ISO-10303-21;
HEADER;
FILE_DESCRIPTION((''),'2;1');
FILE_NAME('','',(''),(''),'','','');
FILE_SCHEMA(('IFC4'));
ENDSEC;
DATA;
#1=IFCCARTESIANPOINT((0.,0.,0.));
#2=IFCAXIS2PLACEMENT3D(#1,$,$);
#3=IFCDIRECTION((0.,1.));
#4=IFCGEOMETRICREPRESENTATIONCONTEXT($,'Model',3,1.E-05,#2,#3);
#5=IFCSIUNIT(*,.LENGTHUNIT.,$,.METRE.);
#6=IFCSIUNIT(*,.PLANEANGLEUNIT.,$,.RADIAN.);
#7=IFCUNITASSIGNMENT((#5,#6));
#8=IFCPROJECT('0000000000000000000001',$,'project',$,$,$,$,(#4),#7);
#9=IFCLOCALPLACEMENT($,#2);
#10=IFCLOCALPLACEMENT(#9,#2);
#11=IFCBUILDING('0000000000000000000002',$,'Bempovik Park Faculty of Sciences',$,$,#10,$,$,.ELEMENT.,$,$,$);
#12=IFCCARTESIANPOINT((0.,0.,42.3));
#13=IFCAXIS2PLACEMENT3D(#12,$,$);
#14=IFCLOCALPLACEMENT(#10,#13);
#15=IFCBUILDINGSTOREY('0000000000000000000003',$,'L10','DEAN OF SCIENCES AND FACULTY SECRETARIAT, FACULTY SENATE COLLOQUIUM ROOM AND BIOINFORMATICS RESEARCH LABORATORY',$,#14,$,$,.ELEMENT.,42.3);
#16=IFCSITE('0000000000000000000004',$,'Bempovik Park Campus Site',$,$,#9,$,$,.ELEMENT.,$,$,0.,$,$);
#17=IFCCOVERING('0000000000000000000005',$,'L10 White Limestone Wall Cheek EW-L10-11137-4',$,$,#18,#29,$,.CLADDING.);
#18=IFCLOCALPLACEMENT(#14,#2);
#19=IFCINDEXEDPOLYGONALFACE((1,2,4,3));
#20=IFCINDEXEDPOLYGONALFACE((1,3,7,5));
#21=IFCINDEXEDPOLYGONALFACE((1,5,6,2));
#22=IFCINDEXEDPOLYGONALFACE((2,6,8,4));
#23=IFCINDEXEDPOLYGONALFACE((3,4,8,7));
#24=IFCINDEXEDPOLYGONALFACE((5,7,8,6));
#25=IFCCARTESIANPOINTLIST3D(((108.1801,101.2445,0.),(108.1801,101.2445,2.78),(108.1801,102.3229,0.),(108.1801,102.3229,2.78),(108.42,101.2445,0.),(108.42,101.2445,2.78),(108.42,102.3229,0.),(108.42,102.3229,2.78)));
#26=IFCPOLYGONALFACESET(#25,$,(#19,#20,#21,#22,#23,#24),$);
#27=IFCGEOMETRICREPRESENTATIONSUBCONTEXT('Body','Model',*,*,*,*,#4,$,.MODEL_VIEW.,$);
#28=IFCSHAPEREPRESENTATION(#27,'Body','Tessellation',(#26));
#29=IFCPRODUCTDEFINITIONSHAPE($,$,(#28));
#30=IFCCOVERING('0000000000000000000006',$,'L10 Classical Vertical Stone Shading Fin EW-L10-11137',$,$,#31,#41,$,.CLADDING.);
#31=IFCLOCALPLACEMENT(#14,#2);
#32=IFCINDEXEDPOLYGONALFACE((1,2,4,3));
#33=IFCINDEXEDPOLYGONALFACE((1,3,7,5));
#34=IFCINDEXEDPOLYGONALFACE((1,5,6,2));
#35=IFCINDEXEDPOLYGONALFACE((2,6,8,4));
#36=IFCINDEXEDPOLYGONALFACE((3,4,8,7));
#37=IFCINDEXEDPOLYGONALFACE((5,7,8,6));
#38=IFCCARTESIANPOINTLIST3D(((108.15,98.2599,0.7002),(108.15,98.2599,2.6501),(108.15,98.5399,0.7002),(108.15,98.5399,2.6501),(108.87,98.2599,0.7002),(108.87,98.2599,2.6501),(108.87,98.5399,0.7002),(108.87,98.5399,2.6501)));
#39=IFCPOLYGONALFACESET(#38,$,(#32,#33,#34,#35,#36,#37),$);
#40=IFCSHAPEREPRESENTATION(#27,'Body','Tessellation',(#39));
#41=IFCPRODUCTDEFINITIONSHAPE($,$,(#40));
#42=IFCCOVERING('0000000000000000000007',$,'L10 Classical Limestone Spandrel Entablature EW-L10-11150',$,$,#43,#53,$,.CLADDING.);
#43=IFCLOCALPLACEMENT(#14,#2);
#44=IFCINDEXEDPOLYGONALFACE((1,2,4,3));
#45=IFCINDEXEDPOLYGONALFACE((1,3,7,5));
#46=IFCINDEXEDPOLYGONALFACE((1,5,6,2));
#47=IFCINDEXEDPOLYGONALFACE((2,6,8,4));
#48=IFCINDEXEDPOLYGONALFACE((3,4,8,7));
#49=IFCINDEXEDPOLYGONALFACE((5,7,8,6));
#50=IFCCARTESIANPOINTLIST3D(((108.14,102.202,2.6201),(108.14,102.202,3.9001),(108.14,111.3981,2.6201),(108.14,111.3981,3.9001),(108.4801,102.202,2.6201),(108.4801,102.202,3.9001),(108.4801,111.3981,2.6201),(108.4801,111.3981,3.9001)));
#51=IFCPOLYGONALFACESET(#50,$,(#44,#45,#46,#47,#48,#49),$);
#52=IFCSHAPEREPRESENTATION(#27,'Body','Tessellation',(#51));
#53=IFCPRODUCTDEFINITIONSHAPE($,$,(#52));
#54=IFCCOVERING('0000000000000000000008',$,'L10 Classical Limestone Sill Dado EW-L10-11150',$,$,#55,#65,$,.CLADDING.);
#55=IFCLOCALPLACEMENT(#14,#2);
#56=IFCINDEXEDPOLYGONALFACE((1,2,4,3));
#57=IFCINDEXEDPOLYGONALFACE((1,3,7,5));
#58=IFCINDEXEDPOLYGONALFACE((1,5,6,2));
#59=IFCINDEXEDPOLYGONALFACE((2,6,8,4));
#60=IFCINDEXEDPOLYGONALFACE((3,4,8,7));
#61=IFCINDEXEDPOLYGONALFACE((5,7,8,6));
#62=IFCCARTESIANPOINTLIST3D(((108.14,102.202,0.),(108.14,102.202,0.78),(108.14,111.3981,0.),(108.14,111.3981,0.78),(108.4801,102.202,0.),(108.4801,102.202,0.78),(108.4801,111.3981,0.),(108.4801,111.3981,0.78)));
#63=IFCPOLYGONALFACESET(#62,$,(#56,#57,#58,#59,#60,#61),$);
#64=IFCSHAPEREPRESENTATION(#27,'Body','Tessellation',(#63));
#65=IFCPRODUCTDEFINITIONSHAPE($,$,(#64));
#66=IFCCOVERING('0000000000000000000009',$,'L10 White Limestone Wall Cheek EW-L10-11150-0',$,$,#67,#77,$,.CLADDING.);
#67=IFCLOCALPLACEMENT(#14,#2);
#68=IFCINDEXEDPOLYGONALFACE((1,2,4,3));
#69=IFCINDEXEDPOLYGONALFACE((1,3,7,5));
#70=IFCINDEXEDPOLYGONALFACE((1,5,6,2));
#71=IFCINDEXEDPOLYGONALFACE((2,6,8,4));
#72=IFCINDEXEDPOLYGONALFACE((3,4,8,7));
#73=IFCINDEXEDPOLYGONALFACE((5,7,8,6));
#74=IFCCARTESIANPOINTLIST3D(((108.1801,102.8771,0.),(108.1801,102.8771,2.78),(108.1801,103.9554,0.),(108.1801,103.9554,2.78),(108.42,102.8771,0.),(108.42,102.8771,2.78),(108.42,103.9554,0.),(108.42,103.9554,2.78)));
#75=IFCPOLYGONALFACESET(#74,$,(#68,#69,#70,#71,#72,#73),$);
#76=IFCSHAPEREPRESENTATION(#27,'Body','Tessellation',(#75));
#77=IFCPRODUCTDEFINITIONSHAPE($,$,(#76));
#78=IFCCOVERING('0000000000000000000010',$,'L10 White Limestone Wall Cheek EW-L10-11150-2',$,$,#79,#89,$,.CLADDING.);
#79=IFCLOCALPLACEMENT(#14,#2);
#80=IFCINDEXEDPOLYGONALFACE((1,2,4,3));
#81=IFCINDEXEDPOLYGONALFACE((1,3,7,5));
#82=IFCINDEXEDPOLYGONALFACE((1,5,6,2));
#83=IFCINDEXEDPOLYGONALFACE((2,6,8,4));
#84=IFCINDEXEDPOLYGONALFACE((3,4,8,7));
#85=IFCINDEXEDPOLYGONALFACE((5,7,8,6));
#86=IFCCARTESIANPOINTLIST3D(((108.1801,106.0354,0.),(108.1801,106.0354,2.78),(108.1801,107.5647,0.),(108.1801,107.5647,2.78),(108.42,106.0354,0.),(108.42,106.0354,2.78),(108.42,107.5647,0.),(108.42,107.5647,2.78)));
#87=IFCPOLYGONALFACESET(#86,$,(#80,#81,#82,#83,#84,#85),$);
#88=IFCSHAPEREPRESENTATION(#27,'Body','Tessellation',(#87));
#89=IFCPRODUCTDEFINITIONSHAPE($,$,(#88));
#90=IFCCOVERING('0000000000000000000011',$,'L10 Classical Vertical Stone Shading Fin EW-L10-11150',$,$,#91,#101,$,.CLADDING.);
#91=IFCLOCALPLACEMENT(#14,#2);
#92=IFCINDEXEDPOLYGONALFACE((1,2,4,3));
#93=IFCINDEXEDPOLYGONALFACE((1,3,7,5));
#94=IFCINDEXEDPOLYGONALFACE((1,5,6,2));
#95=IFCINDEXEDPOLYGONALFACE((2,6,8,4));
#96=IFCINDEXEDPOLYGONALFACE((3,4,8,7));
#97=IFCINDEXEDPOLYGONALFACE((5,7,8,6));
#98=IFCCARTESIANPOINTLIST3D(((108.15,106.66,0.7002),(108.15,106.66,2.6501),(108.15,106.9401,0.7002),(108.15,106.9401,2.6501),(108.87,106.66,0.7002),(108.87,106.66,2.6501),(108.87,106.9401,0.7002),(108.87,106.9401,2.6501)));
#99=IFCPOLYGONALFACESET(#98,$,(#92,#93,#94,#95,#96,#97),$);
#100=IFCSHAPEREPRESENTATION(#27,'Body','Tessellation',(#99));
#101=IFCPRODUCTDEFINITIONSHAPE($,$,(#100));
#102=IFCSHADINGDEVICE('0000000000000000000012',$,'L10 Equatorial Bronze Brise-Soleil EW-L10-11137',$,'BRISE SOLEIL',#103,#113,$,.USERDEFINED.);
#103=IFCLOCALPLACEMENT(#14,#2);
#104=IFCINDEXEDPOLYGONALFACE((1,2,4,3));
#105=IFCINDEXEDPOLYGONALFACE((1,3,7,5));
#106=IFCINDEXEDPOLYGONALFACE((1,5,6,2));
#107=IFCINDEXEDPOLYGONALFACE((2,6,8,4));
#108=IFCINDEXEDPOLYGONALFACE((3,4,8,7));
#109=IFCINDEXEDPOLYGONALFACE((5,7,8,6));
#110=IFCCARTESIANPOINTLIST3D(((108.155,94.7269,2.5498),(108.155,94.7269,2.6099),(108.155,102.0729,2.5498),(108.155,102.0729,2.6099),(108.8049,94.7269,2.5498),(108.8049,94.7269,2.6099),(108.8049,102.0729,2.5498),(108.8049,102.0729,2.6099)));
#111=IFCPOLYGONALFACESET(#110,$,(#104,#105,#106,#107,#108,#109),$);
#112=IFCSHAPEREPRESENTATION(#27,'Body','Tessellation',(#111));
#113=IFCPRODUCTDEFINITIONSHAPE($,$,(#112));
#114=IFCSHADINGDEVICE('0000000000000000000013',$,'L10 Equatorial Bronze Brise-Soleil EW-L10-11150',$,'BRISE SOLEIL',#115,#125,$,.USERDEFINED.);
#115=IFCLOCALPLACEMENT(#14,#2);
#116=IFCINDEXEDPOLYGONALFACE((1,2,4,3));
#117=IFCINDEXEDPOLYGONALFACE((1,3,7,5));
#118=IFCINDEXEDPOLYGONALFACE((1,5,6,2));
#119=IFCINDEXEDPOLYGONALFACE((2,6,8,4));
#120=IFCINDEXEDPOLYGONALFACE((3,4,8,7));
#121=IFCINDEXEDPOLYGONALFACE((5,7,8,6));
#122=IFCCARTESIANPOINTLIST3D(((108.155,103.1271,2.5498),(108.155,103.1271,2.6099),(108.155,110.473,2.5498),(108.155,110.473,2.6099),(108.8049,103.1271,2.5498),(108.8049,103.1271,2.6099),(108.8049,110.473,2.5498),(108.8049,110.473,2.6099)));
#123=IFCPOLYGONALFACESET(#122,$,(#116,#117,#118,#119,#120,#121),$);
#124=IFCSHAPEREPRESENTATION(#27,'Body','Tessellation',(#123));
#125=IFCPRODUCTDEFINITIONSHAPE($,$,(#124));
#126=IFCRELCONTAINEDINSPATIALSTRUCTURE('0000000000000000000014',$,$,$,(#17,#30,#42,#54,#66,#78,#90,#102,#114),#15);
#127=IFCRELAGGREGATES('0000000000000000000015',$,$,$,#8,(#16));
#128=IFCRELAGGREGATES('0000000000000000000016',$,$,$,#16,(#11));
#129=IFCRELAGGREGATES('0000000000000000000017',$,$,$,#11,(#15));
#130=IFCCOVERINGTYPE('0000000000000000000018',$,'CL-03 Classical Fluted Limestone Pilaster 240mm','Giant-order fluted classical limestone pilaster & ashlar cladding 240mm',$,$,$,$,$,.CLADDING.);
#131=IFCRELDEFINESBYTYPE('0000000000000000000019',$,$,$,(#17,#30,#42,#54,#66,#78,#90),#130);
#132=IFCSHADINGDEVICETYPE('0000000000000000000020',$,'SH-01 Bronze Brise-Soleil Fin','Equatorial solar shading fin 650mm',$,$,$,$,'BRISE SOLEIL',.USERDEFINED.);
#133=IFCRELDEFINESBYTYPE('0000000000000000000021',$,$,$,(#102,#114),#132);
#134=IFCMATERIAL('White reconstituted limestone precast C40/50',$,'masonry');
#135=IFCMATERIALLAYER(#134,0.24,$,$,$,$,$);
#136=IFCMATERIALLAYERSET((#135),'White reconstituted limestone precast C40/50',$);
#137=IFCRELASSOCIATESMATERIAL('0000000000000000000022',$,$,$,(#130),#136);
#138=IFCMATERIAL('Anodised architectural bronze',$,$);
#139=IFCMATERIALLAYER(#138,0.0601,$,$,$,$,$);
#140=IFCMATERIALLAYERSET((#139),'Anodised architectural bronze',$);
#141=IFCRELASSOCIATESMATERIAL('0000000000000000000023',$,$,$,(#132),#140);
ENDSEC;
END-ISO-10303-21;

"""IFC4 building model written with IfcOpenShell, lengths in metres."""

from ifc_helpers import new_model, si_unit, direction, frame, origin, origin_2d, place, context, subcontext, project, spatial, rectangle, extrude, material, layer, layer_set, type_object, element, save


model = new_model("IFC4")

# Units and contexts
model_context = context("Model", 3, precision=1e-05, world=origin(), true_north=direction((0.0, 1.0)))
body_context = subcontext(model_context, "Body", "Model", "MODEL_VIEW")
ifc_project = project(units=[si_unit("LENGTHUNIT", "METRE"), si_unit("PLANEANGLEUNIT", "RADIAN")], contexts=[model_context])

# Site, building, storey
site_placement = place(None, origin())
site = spatial("IfcSite", under=ifc_project, at=site_placement, Name="Bempovik Park Campus Site", CompositionType="ELEMENT", RefElevation=0.0)
building_placement = place(site_placement, origin())
building = spatial("IfcBuilding", under=site, at=building_placement, Name="Bempovik Park Faculty of Sciences", CompositionType="ELEMENT")
storey_placement = place(building_placement, frame((0.0, 0.0, 42.3)))
storey = spatial("IfcBuildingStorey", under=building, at=storey_placement, Name="L10", Description="DEAN OF SCIENCES AND FACULTY SECRETARIAT, FACULTY SENATE COLLOQUIUM ROOM AND BIOINFORMATICS RESEARCH LABORATORY", CompositionType="ELEMENT", Elevation=42.3)

# Coverings
ifc_material_1 = material(Name="White reconstituted limestone precast C40/50", Category="masonry")
ifc_layer_1 = layer(ifc_material_1, 0.24)
ifc_layer_set_1 = layer_set([ifc_layer_1], Name="White reconstituted limestone precast C40/50")
covering_type_1 = type_object("IfcCoveringType", Name="CL-03 Classical Fluted Limestone Pilaster 240mm", Description="Giant-order fluted classical limestone pilaster & ashlar cladding 240mm", PredefinedType="CLADDING", material=ifc_layer_set_1)
covering_1_placement = place(storey_placement, frame((108.3, 101.7837, 0.0), z_axis=(0.0, 0.0, 1.0), x_axis=(1.0, 0.0, 0.0)))
element("IfcCovering", 1, at=covering_1_placement, inside=storey, type_object=covering_type_1, Name="L10 White Limestone Wall Cheek EW-L10-11137-4", PredefinedType="CLADDING", context=body_context, shape_type="SweptSolid", body=[
    extrude(rectangle(XDim=0.24, YDim=1.0784, at=origin_2d()), origin(), (0.0, 0.0, 1.0), 2.78),
])
covering_2_placement = place(storey_placement, frame((108.51, 98.3999, 0.7002), z_axis=(0.0, 0.0, 1.0), x_axis=(1.0, 0.0, 0.0)))
element("IfcCovering", 2, at=covering_2_placement, inside=storey, type_object=covering_type_1, Name="L10 Classical Vertical Stone Shading Fin EW-L10-11137", PredefinedType="CLADDING", context=body_context, shape_type="SweptSolid", body=[
    extrude(rectangle(XDim=0.72, YDim=0.28, at=origin_2d()), origin(), (0.0, 0.0, 1.0), 1.95),
])
covering_3_placement = place(storey_placement, frame((108.3101, 106.8, 2.6201), z_axis=(0.0, 0.0, 1.0), x_axis=(1.0, 0.0, 0.0)))
element("IfcCovering", 3, at=covering_3_placement, inside=storey, type_object=covering_type_1, Name="L10 Classical Limestone Spandrel Entablature EW-L10-11150", PredefinedType="CLADDING", context=body_context, shape_type="SweptSolid", body=[
    extrude(rectangle(XDim=0.3401, YDim=9.196, at=origin_2d()), origin(), (0.0, 0.0, 1.0), 1.28),
])
covering_4_placement = place(storey_placement, frame((108.3101, 106.8, 0.0), z_axis=(0.0, 0.0, 1.0), x_axis=(1.0, 0.0, 0.0)))
element("IfcCovering", 4, at=covering_4_placement, inside=storey, type_object=covering_type_1, Name="L10 Classical Limestone Sill Dado EW-L10-11150", PredefinedType="CLADDING", context=body_context, shape_type="SweptSolid", body=[
    extrude(rectangle(XDim=0.3401, YDim=9.196, at=origin_2d()), origin(), (0.0, 0.0, 1.0), 0.78),
])
covering_5_placement = place(storey_placement, frame((108.3, 103.4163, 0.0), z_axis=(0.0, 0.0, 1.0), x_axis=(1.0, 0.0, 0.0)))
element("IfcCovering", 5, at=covering_5_placement, inside=storey, type_object=covering_type_1, Name="L10 White Limestone Wall Cheek EW-L10-11150-0", PredefinedType="CLADDING", context=body_context, shape_type="SweptSolid", body=[
    extrude(rectangle(XDim=0.24, YDim=1.0784, at=origin_2d()), origin(), (0.0, 0.0, 1.0), 2.78),
])
covering_6_placement = place(storey_placement, frame((108.3, 106.8, 0.0), z_axis=(0.0, 0.0, 1.0), x_axis=(1.0, 0.0, 0.0)))
element("IfcCovering", 6, at=covering_6_placement, inside=storey, type_object=covering_type_1, Name="L10 White Limestone Wall Cheek EW-L10-11150-2", PredefinedType="CLADDING", context=body_context, shape_type="SweptSolid", body=[
    extrude(rectangle(XDim=0.24, YDim=1.5293, at=origin_2d()), origin(), (0.0, 0.0, 1.0), 2.78),
])
covering_7_placement = place(storey_placement, frame((108.51, 106.8, 0.7002), z_axis=(0.0, 0.0, 1.0), x_axis=(1.0, 0.0, 0.0)))
element("IfcCovering", 7, at=covering_7_placement, inside=storey, type_object=covering_type_1, Name="L10 Classical Vertical Stone Shading Fin EW-L10-11150", PredefinedType="CLADDING", context=body_context, shape_type="SweptSolid", body=[
    extrude(rectangle(XDim=0.72, YDim=0.28, at=origin_2d()), origin(), (0.0, 0.0, 1.0), 1.95),
])

# Shading devices
ifc_material_2 = material(Name="Anodised architectural bronze")
ifc_layer_2 = layer(ifc_material_2, 0.0601)
ifc_layer_set_2 = layer_set([ifc_layer_2], Name="Anodised architectural bronze")
shading_device_type = type_object("IfcShadingDeviceType", Name="SH-01 Bronze Brise-Soleil Fin", Description="Equatorial solar shading fin 650mm", ElementType="BRISE SOLEIL", PredefinedType="USERDEFINED", material=ifc_layer_set_2)
for number, where, z_axis, x_axis, name in (
    (8, (108.48, 98.3999, 2.5498), (0.0, 0.0, 1.0), (1.0, 0.0, 0.0), "L10 Equatorial Bronze Brise-Soleil EW-L10-11137"),
    (9, (108.48, 106.8, 2.5498), (0.0, 0.0, 1.0), (1.0, 0.0, 0.0), "L10 Equatorial Bronze Brise-Soleil EW-L10-11150"),
):
    element("IfcShadingDevice", number, at=place(storey_placement, frame(where, z_axis=z_axis, x_axis=x_axis)), inside=storey, type_object=shading_device_type, Name=name, ObjectType="BRISE SOLEIL", PredefinedType="USERDEFINED", context=body_context, shape_type="SweptSolid", body=[
        extrude(rectangle(XDim=0.6499, YDim=7.3459, at=origin_2d()), origin(), (0.0, 0.0, 1.0), 0.0601),
    ])

save(model, "model.ifc")
